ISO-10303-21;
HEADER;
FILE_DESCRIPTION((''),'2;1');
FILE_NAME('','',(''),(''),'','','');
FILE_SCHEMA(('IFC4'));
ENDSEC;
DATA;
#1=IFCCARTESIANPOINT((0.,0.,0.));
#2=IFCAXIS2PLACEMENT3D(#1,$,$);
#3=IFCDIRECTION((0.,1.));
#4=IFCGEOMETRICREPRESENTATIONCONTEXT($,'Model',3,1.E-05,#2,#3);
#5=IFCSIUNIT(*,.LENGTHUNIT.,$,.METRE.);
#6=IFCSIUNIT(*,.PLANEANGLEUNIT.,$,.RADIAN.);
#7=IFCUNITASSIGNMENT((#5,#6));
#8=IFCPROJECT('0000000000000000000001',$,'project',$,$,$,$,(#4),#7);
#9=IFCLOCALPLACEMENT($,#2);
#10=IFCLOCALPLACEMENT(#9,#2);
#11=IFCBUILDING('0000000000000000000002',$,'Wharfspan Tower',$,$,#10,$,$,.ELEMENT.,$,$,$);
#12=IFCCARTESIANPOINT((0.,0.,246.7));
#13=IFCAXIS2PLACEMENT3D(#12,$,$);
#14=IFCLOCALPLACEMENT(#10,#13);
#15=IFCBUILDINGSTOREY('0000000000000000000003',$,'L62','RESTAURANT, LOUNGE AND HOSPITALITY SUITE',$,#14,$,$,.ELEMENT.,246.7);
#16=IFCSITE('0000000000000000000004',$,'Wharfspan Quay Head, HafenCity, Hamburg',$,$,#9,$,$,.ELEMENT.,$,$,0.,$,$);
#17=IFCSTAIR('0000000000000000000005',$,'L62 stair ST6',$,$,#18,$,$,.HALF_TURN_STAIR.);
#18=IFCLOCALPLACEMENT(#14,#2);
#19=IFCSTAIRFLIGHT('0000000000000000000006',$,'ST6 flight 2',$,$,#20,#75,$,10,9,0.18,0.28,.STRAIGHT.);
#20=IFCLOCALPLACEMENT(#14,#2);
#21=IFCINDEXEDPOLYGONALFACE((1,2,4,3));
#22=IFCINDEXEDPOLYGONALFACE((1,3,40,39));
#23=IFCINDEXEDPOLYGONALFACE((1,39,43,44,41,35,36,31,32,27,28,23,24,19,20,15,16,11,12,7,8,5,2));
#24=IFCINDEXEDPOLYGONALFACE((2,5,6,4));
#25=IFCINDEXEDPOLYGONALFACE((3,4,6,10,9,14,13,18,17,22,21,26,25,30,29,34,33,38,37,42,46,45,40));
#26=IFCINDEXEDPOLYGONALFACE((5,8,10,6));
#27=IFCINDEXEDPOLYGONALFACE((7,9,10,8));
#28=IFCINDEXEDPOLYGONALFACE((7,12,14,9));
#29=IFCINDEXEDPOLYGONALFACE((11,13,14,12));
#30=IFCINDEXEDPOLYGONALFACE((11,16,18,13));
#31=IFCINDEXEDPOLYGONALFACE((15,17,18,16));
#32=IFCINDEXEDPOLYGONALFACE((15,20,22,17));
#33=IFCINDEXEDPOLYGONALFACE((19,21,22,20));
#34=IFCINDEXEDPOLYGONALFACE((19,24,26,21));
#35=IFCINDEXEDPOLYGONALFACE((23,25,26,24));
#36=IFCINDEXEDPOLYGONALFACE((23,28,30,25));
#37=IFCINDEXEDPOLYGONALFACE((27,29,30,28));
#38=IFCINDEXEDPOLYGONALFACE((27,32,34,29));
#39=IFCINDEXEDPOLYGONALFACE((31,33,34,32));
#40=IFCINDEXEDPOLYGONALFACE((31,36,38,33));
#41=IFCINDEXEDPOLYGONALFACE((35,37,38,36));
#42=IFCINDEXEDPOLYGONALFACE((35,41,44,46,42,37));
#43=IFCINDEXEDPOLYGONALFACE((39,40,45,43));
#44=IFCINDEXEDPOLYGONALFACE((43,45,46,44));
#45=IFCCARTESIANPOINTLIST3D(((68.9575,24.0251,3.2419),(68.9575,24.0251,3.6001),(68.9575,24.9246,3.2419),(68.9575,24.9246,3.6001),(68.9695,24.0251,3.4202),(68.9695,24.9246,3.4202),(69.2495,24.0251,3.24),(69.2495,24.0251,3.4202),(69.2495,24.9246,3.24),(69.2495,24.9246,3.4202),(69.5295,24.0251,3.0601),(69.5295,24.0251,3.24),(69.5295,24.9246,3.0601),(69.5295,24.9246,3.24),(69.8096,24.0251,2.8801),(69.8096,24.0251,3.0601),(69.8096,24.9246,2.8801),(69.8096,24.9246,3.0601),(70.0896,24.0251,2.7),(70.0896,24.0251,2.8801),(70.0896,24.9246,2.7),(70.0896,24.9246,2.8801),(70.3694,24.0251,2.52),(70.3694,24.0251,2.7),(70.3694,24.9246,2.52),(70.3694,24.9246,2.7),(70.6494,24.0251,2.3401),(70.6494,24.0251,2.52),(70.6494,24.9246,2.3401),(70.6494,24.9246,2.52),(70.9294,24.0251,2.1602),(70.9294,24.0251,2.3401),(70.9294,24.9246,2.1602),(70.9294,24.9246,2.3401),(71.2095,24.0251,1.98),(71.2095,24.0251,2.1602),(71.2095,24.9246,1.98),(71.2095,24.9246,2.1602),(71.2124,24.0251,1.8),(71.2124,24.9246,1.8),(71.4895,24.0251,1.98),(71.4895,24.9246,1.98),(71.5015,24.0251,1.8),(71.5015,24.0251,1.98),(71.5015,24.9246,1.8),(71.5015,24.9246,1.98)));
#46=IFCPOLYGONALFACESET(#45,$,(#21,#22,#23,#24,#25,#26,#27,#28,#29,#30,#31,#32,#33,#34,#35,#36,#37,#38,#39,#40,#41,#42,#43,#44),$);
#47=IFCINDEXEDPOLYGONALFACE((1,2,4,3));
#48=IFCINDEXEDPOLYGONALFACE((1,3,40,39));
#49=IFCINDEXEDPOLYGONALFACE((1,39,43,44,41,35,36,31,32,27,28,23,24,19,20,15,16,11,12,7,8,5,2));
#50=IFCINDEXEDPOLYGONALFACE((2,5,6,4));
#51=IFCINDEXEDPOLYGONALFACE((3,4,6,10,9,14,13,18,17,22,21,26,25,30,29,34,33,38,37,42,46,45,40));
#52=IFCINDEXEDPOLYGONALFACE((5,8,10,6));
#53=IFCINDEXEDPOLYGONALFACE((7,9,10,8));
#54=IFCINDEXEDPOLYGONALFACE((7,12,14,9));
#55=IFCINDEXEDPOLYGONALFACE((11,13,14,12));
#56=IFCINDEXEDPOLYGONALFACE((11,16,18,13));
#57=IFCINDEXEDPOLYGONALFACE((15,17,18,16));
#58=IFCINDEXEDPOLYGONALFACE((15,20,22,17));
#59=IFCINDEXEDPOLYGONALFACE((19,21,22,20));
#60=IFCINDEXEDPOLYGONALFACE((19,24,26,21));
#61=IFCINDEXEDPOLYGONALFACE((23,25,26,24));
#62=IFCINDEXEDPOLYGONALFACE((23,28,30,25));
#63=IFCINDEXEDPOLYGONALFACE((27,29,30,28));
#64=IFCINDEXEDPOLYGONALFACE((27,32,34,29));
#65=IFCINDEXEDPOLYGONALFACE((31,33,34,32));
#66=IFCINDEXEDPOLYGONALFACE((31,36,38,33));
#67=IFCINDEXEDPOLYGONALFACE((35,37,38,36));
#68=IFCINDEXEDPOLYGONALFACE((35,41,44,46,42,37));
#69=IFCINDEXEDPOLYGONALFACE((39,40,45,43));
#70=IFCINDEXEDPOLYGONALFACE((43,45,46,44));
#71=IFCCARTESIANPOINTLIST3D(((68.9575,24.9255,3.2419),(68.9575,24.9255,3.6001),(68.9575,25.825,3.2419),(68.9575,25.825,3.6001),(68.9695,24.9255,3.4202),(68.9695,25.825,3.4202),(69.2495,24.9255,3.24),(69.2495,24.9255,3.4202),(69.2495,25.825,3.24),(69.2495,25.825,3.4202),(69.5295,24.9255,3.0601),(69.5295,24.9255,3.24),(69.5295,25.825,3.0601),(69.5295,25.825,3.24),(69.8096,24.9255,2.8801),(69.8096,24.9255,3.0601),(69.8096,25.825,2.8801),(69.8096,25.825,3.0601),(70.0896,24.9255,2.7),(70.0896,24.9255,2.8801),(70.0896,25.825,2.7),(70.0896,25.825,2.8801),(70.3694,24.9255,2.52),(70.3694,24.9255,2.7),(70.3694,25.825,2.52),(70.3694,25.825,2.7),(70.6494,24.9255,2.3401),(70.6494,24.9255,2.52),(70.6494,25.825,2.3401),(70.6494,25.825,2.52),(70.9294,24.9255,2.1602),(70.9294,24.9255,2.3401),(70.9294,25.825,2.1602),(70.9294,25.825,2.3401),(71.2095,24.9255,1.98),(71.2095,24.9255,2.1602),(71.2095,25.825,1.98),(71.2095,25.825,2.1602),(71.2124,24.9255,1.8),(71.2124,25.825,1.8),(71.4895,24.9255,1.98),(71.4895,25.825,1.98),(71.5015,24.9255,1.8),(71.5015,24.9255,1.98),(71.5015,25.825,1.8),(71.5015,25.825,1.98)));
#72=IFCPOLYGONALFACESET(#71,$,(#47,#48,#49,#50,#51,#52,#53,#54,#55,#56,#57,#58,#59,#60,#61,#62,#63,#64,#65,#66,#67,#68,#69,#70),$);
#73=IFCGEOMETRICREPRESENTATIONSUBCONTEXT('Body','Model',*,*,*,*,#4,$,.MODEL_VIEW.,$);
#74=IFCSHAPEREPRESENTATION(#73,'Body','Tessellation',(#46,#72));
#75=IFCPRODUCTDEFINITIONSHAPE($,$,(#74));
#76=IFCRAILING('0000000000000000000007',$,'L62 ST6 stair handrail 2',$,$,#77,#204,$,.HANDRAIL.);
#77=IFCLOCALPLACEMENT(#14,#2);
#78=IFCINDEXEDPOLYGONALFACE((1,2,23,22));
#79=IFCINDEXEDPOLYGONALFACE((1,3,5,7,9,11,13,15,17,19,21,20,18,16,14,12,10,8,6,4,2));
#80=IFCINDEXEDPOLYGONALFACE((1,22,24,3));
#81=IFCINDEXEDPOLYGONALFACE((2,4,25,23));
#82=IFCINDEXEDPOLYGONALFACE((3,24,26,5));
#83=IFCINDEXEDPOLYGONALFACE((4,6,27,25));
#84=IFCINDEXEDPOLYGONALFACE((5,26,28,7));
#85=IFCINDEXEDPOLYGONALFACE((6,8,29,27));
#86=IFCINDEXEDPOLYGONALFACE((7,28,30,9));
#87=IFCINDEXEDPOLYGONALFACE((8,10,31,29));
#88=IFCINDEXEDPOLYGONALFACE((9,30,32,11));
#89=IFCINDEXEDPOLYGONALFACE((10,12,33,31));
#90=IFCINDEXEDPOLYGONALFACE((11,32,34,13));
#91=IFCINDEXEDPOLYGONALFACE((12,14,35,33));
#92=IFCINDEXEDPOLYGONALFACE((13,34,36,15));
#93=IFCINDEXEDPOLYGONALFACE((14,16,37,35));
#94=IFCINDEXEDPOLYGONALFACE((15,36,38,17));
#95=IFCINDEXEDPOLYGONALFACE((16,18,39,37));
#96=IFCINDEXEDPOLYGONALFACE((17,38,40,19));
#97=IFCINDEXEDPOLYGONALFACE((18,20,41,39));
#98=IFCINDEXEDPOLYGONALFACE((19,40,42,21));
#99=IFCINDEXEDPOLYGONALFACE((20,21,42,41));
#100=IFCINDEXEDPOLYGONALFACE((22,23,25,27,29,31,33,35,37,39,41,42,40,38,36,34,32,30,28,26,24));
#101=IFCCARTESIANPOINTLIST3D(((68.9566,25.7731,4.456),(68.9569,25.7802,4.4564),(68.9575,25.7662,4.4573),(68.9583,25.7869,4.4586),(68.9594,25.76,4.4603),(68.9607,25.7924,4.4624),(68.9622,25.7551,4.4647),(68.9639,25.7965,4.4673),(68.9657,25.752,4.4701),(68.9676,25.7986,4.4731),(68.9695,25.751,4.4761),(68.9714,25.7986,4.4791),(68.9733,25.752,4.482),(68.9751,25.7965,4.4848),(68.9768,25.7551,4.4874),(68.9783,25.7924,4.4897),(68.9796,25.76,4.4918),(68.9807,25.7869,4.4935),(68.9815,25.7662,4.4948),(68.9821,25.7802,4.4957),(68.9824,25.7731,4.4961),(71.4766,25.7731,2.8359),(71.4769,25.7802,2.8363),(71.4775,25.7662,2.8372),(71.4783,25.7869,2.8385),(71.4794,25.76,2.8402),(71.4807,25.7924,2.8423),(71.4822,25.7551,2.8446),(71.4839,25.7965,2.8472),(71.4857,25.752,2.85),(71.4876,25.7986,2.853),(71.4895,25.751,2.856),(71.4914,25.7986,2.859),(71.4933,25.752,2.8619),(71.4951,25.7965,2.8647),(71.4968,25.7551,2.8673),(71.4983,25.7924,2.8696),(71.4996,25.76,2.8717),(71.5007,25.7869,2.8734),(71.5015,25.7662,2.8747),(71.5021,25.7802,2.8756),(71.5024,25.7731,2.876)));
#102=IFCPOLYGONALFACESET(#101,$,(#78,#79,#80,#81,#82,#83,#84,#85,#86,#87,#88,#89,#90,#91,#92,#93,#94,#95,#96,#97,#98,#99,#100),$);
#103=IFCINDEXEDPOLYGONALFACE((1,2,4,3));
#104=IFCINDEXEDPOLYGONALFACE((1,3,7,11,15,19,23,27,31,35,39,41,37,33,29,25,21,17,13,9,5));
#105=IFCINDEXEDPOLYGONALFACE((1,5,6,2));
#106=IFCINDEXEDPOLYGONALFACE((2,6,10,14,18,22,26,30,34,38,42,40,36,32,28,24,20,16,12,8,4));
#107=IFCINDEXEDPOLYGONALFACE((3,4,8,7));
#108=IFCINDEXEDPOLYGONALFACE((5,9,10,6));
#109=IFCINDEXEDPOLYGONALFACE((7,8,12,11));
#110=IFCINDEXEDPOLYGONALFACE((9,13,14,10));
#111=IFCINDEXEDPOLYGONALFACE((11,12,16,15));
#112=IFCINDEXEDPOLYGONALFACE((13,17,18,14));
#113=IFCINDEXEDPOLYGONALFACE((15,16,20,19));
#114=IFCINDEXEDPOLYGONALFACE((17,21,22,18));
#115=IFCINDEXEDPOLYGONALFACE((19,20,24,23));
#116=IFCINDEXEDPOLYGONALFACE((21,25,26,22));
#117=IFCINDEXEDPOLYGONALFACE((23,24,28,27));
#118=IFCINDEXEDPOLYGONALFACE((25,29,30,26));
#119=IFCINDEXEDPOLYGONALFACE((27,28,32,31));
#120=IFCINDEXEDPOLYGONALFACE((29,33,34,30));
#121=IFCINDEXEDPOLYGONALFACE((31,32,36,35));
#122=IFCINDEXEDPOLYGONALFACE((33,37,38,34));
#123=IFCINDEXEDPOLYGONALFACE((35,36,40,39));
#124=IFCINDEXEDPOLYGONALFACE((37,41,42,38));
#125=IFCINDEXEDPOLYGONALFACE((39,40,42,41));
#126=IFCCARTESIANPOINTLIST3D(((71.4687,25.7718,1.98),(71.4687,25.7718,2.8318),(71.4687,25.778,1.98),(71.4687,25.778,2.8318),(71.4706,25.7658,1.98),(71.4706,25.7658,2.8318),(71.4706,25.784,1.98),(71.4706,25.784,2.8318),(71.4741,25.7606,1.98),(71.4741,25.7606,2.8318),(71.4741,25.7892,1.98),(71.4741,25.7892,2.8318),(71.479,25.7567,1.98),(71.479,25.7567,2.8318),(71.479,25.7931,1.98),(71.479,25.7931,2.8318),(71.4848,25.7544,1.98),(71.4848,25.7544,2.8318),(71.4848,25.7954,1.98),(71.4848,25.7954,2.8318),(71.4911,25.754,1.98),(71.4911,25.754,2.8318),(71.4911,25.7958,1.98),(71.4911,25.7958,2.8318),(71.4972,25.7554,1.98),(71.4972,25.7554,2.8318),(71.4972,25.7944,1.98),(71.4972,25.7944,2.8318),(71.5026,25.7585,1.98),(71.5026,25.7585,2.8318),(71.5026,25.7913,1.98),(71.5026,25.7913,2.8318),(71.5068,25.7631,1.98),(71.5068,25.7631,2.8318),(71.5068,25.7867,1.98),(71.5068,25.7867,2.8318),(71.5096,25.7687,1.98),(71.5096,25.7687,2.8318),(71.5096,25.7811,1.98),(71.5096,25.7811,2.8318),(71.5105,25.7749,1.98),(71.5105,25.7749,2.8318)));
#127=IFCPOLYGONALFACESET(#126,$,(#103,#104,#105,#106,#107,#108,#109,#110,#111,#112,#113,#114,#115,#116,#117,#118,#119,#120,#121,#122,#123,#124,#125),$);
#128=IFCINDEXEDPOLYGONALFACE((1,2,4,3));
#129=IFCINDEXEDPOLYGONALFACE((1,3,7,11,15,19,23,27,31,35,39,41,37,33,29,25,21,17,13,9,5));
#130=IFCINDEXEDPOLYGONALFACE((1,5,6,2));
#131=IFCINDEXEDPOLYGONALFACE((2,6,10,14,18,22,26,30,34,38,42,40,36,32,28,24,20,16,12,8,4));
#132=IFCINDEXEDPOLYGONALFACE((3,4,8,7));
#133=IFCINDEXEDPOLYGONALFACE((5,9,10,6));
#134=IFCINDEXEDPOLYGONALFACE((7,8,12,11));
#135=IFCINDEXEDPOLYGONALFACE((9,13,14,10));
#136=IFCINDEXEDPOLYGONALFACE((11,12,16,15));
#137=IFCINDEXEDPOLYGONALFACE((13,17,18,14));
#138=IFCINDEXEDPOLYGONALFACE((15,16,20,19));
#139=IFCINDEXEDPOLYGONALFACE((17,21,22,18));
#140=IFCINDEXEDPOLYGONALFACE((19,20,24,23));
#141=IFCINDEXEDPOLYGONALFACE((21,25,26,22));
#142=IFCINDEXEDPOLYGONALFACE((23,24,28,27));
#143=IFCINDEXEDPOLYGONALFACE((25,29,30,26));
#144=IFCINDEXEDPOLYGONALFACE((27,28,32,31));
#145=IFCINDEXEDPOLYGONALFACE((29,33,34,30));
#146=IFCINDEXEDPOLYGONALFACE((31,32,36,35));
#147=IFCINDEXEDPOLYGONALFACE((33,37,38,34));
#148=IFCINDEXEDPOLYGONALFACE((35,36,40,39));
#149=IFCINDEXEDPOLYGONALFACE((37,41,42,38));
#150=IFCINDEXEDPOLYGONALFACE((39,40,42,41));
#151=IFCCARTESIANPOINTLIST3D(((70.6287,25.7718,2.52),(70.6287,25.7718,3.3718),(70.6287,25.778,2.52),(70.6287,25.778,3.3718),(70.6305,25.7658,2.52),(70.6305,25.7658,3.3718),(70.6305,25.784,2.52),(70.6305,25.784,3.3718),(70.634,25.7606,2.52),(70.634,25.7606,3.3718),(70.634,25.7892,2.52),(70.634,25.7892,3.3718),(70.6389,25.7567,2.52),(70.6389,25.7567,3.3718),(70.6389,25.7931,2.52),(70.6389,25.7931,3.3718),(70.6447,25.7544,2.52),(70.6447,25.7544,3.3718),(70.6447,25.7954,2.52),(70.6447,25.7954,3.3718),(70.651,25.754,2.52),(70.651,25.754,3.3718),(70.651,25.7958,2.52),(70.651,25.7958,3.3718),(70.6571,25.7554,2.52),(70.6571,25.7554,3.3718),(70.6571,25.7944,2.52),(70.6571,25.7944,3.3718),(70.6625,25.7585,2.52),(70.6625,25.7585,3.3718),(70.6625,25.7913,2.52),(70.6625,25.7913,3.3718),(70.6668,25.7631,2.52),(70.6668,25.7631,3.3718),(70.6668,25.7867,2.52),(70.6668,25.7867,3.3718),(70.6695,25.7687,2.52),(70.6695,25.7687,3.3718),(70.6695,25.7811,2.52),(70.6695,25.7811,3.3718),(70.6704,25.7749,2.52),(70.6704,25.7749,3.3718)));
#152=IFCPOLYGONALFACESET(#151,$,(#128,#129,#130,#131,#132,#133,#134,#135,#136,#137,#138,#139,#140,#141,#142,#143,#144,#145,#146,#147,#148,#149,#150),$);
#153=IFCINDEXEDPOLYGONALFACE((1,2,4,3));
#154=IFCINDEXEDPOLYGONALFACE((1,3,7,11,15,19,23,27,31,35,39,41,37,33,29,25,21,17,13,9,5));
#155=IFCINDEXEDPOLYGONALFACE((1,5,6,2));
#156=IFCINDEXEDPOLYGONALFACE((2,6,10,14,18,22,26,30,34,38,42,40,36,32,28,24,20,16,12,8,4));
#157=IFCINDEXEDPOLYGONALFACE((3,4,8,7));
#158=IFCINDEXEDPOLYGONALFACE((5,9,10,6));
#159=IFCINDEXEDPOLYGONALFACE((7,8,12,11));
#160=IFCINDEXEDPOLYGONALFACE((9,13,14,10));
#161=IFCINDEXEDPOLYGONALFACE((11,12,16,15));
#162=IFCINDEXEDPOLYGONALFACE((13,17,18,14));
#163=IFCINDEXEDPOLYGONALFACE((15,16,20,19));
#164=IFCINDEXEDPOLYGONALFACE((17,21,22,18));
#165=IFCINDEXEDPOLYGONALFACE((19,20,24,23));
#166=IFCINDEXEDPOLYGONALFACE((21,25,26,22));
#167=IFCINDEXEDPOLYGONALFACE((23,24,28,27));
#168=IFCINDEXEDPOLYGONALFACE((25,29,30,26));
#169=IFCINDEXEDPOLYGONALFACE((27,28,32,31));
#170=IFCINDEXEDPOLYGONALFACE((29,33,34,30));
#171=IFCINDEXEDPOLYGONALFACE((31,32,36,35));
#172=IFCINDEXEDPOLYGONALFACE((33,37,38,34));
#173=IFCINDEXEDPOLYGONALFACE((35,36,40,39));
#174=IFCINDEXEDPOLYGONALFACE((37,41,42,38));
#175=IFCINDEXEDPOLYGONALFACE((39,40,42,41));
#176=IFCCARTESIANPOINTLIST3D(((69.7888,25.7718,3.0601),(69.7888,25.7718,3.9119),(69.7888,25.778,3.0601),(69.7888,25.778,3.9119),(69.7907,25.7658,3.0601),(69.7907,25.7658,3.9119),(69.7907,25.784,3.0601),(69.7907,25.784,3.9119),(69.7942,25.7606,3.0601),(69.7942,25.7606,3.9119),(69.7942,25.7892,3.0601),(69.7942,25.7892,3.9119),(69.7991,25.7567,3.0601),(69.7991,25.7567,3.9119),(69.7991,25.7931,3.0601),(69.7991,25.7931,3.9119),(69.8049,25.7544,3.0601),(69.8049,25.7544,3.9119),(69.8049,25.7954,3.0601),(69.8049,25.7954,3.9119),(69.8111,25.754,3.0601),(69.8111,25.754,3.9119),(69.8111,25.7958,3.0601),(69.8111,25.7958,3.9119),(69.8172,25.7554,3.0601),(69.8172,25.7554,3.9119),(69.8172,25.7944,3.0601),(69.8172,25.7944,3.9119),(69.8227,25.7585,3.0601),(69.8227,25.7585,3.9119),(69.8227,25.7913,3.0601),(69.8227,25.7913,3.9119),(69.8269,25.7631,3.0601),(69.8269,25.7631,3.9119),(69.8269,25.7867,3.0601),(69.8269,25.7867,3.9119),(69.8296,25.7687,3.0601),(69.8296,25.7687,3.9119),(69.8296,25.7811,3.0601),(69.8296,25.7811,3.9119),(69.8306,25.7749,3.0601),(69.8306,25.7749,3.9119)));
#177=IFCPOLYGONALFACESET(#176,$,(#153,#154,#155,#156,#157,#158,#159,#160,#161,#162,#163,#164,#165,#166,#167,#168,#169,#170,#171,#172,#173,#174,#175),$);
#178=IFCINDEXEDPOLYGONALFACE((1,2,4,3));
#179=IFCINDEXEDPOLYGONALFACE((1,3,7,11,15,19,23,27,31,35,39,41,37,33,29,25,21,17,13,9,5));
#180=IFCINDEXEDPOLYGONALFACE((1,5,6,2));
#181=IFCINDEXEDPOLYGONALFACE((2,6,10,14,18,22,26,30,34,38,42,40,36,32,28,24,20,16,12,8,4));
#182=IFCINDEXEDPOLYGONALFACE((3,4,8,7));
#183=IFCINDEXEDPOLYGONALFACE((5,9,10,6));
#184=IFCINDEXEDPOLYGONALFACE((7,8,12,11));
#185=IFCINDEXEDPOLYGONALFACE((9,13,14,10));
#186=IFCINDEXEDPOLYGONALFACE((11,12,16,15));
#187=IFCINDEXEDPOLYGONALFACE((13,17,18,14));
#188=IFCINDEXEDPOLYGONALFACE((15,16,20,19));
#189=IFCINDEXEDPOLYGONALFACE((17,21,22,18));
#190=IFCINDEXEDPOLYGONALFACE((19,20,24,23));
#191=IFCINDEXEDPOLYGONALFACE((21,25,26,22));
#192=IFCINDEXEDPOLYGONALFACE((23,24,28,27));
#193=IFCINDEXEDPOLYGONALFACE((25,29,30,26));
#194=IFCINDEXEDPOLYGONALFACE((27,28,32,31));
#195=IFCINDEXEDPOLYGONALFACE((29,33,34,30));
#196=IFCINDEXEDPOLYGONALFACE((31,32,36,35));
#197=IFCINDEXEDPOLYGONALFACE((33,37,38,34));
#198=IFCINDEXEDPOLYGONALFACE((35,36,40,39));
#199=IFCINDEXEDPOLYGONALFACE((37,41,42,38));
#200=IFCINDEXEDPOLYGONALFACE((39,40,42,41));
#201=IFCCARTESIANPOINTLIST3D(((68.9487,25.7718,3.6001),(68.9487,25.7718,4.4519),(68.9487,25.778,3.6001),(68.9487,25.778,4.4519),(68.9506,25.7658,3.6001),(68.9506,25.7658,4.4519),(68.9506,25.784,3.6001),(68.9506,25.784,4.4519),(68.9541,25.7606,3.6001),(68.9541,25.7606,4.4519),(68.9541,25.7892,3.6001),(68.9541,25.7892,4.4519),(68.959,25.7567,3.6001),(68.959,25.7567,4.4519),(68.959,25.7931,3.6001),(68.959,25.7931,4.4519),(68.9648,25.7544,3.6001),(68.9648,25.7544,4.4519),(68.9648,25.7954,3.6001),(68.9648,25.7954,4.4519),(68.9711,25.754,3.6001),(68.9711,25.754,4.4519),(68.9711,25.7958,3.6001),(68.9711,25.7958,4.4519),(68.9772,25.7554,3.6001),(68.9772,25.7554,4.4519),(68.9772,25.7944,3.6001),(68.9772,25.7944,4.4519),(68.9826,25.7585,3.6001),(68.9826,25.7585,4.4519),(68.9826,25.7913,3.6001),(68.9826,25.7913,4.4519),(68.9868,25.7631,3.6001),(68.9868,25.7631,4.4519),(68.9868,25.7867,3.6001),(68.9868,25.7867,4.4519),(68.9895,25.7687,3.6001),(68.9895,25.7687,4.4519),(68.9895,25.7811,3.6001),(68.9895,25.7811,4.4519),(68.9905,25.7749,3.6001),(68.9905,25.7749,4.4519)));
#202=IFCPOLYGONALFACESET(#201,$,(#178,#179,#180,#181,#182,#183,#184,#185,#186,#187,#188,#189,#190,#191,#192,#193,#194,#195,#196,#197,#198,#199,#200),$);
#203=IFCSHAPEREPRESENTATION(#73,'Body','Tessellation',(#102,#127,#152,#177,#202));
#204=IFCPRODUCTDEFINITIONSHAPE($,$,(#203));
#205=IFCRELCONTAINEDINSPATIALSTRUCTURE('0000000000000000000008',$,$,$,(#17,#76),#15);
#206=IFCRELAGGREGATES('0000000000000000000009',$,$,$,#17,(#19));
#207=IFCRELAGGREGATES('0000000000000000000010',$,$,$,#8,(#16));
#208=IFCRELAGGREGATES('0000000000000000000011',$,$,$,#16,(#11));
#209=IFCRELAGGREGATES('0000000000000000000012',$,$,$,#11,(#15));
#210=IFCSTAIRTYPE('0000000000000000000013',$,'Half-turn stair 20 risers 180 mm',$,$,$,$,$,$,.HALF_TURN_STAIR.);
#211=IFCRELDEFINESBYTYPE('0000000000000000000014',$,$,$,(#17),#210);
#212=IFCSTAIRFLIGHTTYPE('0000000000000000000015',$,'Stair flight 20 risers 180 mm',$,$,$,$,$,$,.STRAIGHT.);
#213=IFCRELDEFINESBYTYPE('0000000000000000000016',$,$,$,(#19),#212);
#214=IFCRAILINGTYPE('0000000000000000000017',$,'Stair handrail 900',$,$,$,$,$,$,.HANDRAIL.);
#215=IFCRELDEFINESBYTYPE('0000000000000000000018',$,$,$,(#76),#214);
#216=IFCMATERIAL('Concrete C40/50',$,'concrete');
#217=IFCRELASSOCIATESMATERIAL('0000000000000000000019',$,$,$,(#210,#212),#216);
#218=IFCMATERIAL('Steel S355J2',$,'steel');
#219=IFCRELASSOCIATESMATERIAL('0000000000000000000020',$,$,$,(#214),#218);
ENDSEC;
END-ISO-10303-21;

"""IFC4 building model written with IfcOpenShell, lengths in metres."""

from ifc_helpers import new_model, si_unit, direction, frame, origin, origin_2d, place, context, subcontext, project, spatial, polyline, circle, outline, extrude, material, type_object, element, aggregate, save


model = new_model("IFC4")

# Units and contexts
model_context = context("Model", 3, precision=1e-05, world=origin(), true_north=direction((0.0, 1.0)))
body_context = subcontext(model_context, "Body", "Model", "MODEL_VIEW")
ifc_project = project(units=[si_unit("LENGTHUNIT", "METRE"), si_unit("PLANEANGLEUNIT", "RADIAN")], contexts=[model_context])

# Site, building, storey
site_placement = place(None, origin())
site = spatial("IfcSite", under=ifc_project, at=site_placement, Name="Wharfspan Quay Head, HafenCity, Hamburg", CompositionType="ELEMENT", RefElevation=0.0)
building_placement = place(site_placement, origin())
building = spatial("IfcBuilding", under=site, at=building_placement, Name="Wharfspan Tower", CompositionType="ELEMENT")
storey_placement = place(building_placement, frame((0.0, 0.0, 246.7)))
storey = spatial("IfcBuildingStorey", under=building, at=storey_placement, Name="L62", Description="RESTAURANT, LOUNGE AND HOSPITALITY SUITE", CompositionType="ELEMENT", Elevation=246.7)

# Shared definitions
ifc_material_1 = material(Name="Steel S355J2", Category="steel")

# Shared definitions
ifc_material_2 = material(Name="Concrete C40/50", Category="concrete")

# Stair, stair flight
stair_type = type_object("IfcStairType", Name="Half-turn stair 20 risers 180 mm", PredefinedType="HALF_TURN_STAIR", material=ifc_material_2)
stair_placement = place(storey_placement, origin())
stair = element("IfcStair", 1, at=stair_placement, inside=storey, type_object=stair_type, Name="L62 stair ST6", PredefinedType="HALF_TURN_STAIR")
stair_flight_type = type_object("IfcStairFlightType", Name="Stair flight 20 risers 180 mm", PredefinedType="STRAIGHT", material=ifc_material_2)
stair_flight_placement = place(storey_placement, frame((71.4895, 24.925, 1.8), z_axis=(0.0, 0.0, 1.0), x_axis=(-1.0, 0.0, 0.0)))
stair_flight = element("IfcStairFlight", 2, at=stair_flight_placement, type_object=stair_flight_type, Name="ST6 flight 2", NumberOfRisers=10, NumberOfTreads=9, PredefinedType="STRAIGHT", RiserHeight=0.18, TreadLength=0.28, context=body_context, shape_type="SweptSolid", body=[
    extrude(outline(polyline([(-0.012, 0.0), (-0.012, 0.1799), (0.0, 0.1799), (0.28, 0.1799), (0.28, 0.3601), (0.5601, 0.3601), (0.5601, 0.54), (0.8401, 0.54), (0.8401, 0.72), (1.1201, 0.72), (1.1201, 0.8999), (1.3999, 0.8999), (1.3999, 1.0801), (1.6799, 1.0801), (1.6799, 1.26), (1.96, 1.26), (1.96, 1.4399), (2.24, 1.4399), (2.24, 1.6201), (2.52, 1.6201), (2.532, 1.8), (2.532, 1.4419), (0.2771, 0.0), (-0.012, 0.0)])), frame((0.0, 0.8999, 0.0), z_axis=(0.0, -1.0, 0.0), x_axis=(1.0, 0.0, 0.0)), (0.0, 0.0, 1.0), 0.8994),
    extrude(outline(polyline([(-0.012, 0.0), (-0.012, 0.1799), (0.0, 0.1799), (0.28, 0.1799), (0.28, 0.3601), (0.5601, 0.3601), (0.5601, 0.54), (0.8401, 0.54), (0.8401, 0.72), (1.1201, 0.72), (1.1201, 0.8999), (1.3999, 0.8999), (1.3999, 1.0801), (1.6799, 1.0801), (1.6799, 1.26), (1.96, 1.26), (1.96, 1.4399), (2.24, 1.4399), (2.24, 1.6201), (2.52, 1.6201), (2.532, 1.8), (2.532, 1.4419), (0.2771, 0.0), (-0.012, 0.0)])), frame((0.0, -0.0005, 0.0), z_axis=(0.0, -1.0, 0.0), x_axis=(1.0, 0.0, 0.0)), (0.0, 0.0, 1.0), 0.8994),
])
aggregate(stair, [stair_flight])

# Railing
railing_type = type_object("IfcRailingType", Name="Stair handrail 900", PredefinedType="HANDRAIL", material=ifc_material_1)
railing_placement = place(storey_placement, frame((71.4895, 25.7749, 1.98)))
element("IfcRailing", 3, at=railing_placement, inside=storey, type_object=railing_type, Name="L62 ST6 stair handrail 2", PredefinedType="HANDRAIL", context=body_context, shape_type="SweptSolid", body=[
    extrude(circle(Radius=0.0239, at=origin_2d()), frame((0.0, 0.0, 0.876), z_axis=(-0.841163, 0.0, 0.540782), x_axis=(0.0, -1.0, 0.0)), (0.0, 0.0, 1.0), 2.9958),
    extrude(circle(Radius=0.021, at=origin_2d()), origin(), (0.0, 0.0, 1.0), 0.8518),
    extrude(circle(Radius=0.021, at=origin_2d()), frame((-0.8401, 0.0, 0.54)), (0.0, 0.0, 1.0), 0.8518),
    extrude(circle(Radius=0.021, at=origin_2d()), frame((-1.6799, 0.0, 1.0801)), (0.0, 0.0, 1.0), 0.8518),
    extrude(circle(Radius=0.021, at=origin_2d()), frame((-2.52, 0.0, 1.6201)), (0.0, 0.0, 1.0), 0.8518),
])

save(model, "model.ifc")
